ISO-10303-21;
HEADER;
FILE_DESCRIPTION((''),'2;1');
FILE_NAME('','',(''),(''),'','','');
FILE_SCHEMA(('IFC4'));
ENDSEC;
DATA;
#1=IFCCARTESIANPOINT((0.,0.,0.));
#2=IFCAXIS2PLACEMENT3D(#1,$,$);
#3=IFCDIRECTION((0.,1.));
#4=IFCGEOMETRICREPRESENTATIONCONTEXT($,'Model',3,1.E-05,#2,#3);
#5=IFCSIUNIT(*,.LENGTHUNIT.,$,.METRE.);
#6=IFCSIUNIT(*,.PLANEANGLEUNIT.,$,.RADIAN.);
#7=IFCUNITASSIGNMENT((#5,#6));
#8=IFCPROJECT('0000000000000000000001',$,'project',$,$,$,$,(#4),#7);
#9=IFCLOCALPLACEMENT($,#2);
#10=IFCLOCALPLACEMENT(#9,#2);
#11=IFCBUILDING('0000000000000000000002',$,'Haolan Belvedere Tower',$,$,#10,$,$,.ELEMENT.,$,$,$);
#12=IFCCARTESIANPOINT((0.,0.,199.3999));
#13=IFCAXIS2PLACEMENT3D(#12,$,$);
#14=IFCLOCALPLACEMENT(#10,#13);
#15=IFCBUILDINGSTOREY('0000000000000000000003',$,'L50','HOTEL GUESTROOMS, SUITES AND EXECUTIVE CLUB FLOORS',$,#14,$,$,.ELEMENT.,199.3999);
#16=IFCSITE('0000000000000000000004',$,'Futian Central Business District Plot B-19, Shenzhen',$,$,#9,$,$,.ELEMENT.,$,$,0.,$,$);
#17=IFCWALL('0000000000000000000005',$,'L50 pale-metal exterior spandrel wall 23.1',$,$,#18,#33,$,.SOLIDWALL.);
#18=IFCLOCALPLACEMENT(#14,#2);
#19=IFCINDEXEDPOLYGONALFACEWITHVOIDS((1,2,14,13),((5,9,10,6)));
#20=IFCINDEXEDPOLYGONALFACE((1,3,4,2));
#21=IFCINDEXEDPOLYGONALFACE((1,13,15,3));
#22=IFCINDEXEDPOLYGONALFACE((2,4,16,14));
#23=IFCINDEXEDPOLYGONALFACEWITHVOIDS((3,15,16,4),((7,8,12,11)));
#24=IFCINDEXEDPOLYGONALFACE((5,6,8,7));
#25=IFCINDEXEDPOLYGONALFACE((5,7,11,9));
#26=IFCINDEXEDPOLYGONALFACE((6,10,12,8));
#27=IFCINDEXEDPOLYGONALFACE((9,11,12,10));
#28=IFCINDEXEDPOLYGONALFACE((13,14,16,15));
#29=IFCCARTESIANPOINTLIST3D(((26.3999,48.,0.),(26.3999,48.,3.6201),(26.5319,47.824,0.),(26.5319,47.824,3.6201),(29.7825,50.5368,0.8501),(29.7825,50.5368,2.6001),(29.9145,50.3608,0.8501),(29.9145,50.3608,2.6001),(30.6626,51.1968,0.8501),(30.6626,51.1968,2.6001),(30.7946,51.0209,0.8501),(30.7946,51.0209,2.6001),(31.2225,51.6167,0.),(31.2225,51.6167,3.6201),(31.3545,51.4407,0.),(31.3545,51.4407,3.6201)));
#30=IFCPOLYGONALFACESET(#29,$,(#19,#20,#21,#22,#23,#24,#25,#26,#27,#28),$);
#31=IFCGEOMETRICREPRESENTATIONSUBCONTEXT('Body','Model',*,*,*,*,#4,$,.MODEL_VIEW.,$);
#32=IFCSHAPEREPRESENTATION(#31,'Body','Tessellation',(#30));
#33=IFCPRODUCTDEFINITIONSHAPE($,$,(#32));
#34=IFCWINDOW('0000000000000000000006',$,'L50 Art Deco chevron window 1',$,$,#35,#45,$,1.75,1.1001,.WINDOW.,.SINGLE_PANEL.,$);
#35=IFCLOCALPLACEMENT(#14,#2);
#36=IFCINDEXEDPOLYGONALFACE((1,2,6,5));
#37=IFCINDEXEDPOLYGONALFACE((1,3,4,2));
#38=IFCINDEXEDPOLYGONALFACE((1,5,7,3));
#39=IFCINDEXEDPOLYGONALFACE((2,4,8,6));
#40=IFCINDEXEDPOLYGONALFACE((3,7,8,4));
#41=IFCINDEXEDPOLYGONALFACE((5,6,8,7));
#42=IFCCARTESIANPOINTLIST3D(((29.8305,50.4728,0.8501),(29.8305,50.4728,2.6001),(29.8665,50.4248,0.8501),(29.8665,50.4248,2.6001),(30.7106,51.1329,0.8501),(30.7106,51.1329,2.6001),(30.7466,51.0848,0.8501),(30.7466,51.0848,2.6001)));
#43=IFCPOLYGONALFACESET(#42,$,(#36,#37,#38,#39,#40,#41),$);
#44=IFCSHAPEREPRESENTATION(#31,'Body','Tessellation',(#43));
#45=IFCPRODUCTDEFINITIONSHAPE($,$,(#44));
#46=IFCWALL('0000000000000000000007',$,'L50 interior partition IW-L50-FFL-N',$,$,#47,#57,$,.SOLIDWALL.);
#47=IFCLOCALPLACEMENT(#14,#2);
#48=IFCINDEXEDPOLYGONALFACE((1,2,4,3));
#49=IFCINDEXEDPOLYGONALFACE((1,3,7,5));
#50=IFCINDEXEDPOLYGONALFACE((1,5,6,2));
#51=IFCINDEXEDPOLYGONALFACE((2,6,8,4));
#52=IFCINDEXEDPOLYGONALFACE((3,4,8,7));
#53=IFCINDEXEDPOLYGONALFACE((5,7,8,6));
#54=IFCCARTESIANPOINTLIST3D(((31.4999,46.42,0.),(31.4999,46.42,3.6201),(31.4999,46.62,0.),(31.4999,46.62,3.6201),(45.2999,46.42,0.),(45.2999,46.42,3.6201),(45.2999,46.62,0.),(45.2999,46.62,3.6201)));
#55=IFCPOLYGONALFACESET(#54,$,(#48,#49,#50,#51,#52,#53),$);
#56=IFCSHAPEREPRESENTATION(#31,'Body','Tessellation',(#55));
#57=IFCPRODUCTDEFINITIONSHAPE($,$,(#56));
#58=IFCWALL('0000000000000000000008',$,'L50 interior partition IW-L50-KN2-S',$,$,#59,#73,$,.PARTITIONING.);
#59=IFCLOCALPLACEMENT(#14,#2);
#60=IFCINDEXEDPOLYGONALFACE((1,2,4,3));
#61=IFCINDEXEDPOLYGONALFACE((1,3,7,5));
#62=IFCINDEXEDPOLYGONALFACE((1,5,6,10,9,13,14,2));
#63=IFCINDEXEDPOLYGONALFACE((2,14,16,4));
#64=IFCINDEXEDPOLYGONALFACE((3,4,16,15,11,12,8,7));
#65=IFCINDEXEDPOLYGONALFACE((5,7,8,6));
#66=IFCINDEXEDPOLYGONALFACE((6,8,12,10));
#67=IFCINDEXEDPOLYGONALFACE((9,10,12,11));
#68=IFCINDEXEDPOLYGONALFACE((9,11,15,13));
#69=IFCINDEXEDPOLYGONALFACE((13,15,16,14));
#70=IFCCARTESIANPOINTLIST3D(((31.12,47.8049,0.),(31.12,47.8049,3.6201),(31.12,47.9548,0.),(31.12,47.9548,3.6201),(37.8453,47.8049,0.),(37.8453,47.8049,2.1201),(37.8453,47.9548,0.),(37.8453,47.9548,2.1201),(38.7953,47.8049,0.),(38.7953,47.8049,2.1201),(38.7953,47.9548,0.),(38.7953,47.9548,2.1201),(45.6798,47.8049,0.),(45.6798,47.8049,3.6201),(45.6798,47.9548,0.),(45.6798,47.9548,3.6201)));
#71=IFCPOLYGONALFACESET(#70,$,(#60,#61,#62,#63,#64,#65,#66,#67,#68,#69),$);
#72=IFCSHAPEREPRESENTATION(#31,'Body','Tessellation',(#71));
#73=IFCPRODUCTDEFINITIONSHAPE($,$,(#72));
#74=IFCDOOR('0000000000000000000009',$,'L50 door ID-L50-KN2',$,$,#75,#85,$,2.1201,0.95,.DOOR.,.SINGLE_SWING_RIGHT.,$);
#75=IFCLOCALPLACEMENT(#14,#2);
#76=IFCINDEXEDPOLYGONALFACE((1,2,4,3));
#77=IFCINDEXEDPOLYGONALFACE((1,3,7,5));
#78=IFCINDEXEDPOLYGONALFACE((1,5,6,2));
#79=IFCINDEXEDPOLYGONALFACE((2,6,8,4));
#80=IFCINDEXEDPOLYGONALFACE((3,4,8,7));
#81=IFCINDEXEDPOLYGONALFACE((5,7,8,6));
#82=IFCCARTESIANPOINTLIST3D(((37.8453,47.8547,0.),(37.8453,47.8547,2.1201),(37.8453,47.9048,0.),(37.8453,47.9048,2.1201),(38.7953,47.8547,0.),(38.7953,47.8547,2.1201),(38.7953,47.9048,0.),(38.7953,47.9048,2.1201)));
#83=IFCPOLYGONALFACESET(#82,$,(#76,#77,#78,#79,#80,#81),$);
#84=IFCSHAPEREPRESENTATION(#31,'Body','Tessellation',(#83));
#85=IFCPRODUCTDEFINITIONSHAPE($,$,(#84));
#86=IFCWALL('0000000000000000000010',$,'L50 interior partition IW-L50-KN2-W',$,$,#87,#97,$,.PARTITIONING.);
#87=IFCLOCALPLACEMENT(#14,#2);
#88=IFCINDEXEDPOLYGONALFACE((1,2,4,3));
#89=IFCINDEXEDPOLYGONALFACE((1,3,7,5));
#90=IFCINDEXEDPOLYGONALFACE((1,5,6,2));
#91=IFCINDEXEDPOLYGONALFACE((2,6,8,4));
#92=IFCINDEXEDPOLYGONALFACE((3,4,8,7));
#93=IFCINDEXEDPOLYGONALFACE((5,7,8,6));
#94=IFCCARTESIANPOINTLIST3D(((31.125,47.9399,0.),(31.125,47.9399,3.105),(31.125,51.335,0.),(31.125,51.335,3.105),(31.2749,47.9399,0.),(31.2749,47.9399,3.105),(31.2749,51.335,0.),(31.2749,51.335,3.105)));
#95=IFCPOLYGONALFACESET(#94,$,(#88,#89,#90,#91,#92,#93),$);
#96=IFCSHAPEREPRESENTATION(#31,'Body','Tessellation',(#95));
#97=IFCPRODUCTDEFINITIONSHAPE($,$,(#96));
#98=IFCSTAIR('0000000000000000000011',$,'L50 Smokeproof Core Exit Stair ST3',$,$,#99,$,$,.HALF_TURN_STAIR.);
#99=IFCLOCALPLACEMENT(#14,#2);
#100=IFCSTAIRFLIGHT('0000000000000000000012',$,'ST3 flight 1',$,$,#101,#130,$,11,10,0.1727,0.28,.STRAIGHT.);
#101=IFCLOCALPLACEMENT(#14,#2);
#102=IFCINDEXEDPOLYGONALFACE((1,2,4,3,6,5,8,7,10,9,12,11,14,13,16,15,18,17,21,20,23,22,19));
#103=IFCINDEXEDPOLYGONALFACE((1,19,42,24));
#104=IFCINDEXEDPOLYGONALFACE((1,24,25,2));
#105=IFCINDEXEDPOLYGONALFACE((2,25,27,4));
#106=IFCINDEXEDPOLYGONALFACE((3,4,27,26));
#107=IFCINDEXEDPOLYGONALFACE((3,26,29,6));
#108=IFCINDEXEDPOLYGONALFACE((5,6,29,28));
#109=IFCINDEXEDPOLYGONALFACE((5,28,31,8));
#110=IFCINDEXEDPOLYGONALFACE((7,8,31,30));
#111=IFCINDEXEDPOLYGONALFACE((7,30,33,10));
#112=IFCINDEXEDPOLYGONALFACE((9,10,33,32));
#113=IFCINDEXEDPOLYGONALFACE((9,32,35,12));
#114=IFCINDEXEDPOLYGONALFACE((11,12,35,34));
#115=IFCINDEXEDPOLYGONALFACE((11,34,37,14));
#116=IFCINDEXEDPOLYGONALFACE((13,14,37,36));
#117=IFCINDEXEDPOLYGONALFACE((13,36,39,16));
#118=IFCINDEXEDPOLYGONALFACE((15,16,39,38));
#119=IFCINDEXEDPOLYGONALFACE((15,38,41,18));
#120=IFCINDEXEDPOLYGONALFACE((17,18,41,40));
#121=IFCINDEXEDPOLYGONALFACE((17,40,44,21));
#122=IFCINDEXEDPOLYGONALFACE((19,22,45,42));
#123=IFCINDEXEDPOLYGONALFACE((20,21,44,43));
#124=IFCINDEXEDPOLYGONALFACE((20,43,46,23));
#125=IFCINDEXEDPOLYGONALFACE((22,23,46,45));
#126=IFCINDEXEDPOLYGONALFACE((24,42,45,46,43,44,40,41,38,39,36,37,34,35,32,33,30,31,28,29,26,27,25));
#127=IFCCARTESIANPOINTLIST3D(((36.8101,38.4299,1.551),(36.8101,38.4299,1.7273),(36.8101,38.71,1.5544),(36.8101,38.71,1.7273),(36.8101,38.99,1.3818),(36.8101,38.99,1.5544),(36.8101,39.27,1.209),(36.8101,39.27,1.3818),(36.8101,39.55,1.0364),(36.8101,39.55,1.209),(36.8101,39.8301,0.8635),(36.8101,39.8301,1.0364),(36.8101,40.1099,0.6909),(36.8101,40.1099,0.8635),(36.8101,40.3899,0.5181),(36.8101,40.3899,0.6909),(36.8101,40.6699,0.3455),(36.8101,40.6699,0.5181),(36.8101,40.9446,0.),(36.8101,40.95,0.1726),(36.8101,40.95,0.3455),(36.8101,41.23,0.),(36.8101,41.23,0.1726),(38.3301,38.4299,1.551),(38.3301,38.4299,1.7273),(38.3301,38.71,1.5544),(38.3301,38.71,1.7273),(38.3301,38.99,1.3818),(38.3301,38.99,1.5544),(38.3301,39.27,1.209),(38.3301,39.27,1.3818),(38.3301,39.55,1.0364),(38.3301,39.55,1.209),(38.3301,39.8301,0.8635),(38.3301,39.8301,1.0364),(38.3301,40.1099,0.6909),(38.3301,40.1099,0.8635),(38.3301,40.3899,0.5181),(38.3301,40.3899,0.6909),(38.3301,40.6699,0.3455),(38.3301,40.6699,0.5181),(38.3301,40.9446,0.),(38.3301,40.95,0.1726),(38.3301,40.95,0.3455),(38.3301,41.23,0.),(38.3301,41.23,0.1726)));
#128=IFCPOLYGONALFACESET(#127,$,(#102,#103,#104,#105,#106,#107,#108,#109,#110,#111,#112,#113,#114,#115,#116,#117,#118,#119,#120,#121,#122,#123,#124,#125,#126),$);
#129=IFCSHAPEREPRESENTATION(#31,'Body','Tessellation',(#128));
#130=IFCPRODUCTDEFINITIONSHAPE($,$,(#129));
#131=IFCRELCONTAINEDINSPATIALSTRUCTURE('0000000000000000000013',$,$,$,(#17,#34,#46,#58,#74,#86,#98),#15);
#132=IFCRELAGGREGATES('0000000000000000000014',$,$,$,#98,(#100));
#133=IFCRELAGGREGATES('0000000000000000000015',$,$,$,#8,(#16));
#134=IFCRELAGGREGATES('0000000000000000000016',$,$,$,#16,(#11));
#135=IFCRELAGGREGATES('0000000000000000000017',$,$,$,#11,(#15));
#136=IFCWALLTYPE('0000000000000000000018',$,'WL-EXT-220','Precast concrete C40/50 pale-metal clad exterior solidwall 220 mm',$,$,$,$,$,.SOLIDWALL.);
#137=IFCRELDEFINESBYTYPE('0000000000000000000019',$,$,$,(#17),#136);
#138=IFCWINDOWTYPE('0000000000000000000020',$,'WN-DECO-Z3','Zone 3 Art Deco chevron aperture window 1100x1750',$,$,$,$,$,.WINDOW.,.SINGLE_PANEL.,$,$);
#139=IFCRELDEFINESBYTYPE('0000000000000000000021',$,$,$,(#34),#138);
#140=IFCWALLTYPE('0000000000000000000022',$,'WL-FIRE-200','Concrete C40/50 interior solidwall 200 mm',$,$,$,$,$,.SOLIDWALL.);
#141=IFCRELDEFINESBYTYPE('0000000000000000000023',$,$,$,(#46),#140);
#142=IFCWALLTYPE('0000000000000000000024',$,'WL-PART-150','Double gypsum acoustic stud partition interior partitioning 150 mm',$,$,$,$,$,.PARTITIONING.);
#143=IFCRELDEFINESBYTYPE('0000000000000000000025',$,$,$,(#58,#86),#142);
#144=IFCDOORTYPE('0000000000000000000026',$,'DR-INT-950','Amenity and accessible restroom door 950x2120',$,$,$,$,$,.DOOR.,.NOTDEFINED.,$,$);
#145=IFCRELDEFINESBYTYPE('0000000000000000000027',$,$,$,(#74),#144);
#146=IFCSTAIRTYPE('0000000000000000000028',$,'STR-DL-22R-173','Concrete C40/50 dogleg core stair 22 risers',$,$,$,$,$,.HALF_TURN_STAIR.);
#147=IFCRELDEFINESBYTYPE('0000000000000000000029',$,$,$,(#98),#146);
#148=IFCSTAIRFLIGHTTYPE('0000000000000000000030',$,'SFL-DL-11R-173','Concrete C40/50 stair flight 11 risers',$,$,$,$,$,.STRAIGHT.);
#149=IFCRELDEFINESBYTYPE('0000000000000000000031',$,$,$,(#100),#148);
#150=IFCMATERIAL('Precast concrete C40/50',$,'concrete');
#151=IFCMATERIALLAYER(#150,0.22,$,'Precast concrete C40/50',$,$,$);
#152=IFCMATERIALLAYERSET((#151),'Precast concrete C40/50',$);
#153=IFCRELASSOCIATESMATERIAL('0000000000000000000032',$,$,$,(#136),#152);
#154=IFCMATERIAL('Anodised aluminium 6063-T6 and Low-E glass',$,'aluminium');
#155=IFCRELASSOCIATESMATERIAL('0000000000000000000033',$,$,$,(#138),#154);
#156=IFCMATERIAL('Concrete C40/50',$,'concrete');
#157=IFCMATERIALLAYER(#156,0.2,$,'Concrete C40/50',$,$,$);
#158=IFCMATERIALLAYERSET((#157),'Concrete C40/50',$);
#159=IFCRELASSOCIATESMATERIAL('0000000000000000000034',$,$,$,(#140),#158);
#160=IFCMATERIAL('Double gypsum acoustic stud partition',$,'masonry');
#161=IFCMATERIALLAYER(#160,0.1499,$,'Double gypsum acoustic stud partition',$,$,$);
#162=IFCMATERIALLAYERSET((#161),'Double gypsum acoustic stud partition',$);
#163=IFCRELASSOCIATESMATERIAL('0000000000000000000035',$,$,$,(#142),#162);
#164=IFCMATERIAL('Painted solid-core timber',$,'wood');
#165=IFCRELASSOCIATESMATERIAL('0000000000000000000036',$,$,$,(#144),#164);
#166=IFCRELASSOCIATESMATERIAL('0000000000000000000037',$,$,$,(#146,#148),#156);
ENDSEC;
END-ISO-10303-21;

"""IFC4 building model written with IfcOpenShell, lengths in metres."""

from ifc_helpers import new_model, si_unit, direction, frame, frame_2d, origin, place, context, subcontext, project, spatial, polyline, rectangle, outline, extrude, material, layer, layer_set, type_object, element, fill, aggregate, save


model = new_model("IFC4")

# Units and contexts
model_context = context("Model", 3, precision=1e-05, world=origin(), true_north=direction((0.0, 1.0)))
body_context = subcontext(model_context, "Body", "Model", "MODEL_VIEW")
ifc_project = project(units=[si_unit("LENGTHUNIT", "METRE"), si_unit("PLANEANGLEUNIT", "RADIAN")], contexts=[model_context])

# Site, building, storey
site_placement = place(None, origin())
site = spatial("IfcSite", under=ifc_project, at=site_placement, Name="Futian Central Business District Plot B-19, Shenzhen", CompositionType="ELEMENT", RefElevation=0.0)
building_placement = place(site_placement, origin())
building = spatial("IfcBuilding", under=site, at=building_placement, Name="Haolan Belvedere Tower", CompositionType="ELEMENT")
storey_placement = place(building_placement, frame((0.0, 0.0, 199.3999)))
storey = spatial("IfcBuildingStorey", under=building, at=storey_placement, Name="L50", Description="HOTEL GUESTROOMS, SUITES AND EXECUTIVE CLUB FLOORS", CompositionType="ELEMENT", Elevation=199.3999)

# Wall, opening, window
ifc_material_1 = material(Name="Precast concrete C40/50", Category="concrete")
ifc_layer_1 = layer(ifc_material_1, 0.22, Name="Precast concrete C40/50")
ifc_layer_set_1 = layer_set([ifc_layer_1], Name="Precast concrete C40/50")
wall_type_1 = type_object("IfcWallType", Name="WL-EXT-220", Description="Precast concrete C40/50 pale-metal clad exterior solidwall 220 mm", PredefinedType="SOLIDWALL", material=ifc_layer_set_1)
wall_1_placement = place(storey_placement, frame((31.2886, 51.5288, 0.0), z_axis=(0.0, 0.0, 1.0), x_axis=(-0.800015, -0.599981, 0.0)))
wall_1 = element("IfcWall", 1, at=wall_1_placement, inside=storey, type_object=wall_type_1, Name="L50 pale-metal exterior spandrel wall 23.1", PredefinedType="SOLIDWALL", context=body_context, shape_type="SweptSolid", body=[
    extrude(rectangle(XDim=6.0281, YDim=0.22, at=frame_2d((3.0142, 0.0))), origin(), (0.0, 0.0, 1.0), 3.6201),
])
opening_1_placement = place(wall_1_placement, frame((0.7, 0.0, 0.8501)))
opening_1 = element("IfcOpeningElement", 2, at=opening_1_placement, cuts=wall_1, PredefinedType="OPENING", context=body_context, shape_type="SweptSolid", body=[
    extrude(rectangle(XDim=1.1001, YDim=1.75, at=frame_2d((0.55, 0.875))), frame((0.0, 0.1199, 0.0), z_axis=(0.0, -1.0, 0.0), x_axis=(1.0, 0.0, 0.0)), (0.0, 0.0, 1.0), 0.24),
])
ifc_material_2 = material(Name="Anodised aluminium 6063-T6 and Low-E glass", Category="aluminium")
window_type = type_object("IfcWindowType", Name="WN-DECO-Z3", Description="Zone 3 Art Deco chevron aperture window 1100x1750", PartitioningType="SINGLE_PANEL", PredefinedType="WINDOW", material=ifc_material_2)
window_placement = place(opening_1_placement, origin())
window = element("IfcWindow", 3, at=window_placement, inside=storey, type_object=window_type, Name="L50 Art Deco chevron window 1", OverallHeight=1.75, OverallWidth=1.1001, PartitioningType="SINGLE_PANEL", PredefinedType="WINDOW", context=body_context, shape_type="SweptSolid", body=[
    extrude(rectangle(XDim=1.1001, YDim=1.75, at=frame_2d((0.55, 0.875))), frame((0.0, 0.03, 0.0), z_axis=(0.0, -1.0, 0.0), x_axis=(1.0, 0.0, 0.0)), (0.0, 0.0, 1.0), 0.0601),
])
fill(opening_1, window)

# Wall
ifc_material_3 = material(Name="Concrete C40/50", Category="concrete")
ifc_layer_2 = layer(ifc_material_3, 0.2, Name="Concrete C40/50")
ifc_layer_set_2 = layer_set([ifc_layer_2], Name="Concrete C40/50")
wall_type_2 = type_object("IfcWallType", Name="WL-FIRE-200", Description="Concrete C40/50 interior solidwall 200 mm", PredefinedType="SOLIDWALL", material=ifc_layer_set_2)
wall_2_placement = place(storey_placement, frame((31.5, 46.52, 0.0), z_axis=(0.0, 0.0, 1.0), x_axis=(1.0, 0.0, 0.0)))
element("IfcWall", 4, at=wall_2_placement, inside=storey, type_object=wall_type_2, Name="L50 interior partition IW-L50-FFL-N", PredefinedType="SOLIDWALL", context=body_context, shape_type="SweptSolid", body=[
    extrude(rectangle(XDim=13.8, YDim=0.2, at=frame_2d((6.8999, 0.0))), origin(), (0.0, 0.0, 1.0), 3.6201),
])

# Wall, opening, door
ifc_material_4 = material(Name="Double gypsum acoustic stud partition", Category="masonry")
ifc_layer_3 = layer(ifc_material_4, 0.1499, Name="Double gypsum acoustic stud partition")
ifc_layer_set_3 = layer_set([ifc_layer_3], Name="Double gypsum acoustic stud partition")
wall_type_3 = type_object("IfcWallType", Name="WL-PART-150", Description="Double gypsum acoustic stud partition interior partitioning 150 mm", PredefinedType="PARTITIONING", material=ifc_layer_set_3)
wall_3_placement = place(storey_placement, frame((31.1201, 47.8799, 0.0), z_axis=(0.0, 0.0, 1.0), x_axis=(1.0, 0.0, 0.0)))
wall_3 = element("IfcWall", 5, at=wall_3_placement, inside=storey, type_object=wall_type_3, Name="L50 interior partition IW-L50-KN2-S", PredefinedType="PARTITIONING", context=body_context, shape_type="SweptSolid", body=[
    extrude(rectangle(XDim=14.5598, YDim=0.1499, at=frame_2d((7.2798, 0.0))), origin(), (0.0, 0.0, 1.0), 3.6201),
])
opening_2_placement = place(wall_3_placement, frame((6.7251, 0.0, 0.0)))
opening_2 = element("IfcOpeningElement", 6, at=opening_2_placement, cuts=wall_3, PredefinedType="OPENING", context=body_context, shape_type="SweptSolid", body=[
    extrude(rectangle(XDim=0.95, YDim=2.1201, at=frame_2d((0.4751, 1.0601))), frame((0.0, 0.085, 0.0), z_axis=(0.0, -1.0, 0.0), x_axis=(1.0, 0.0, 0.0)), (0.0, 0.0, 1.0), 0.1699),
])
ifc_material_5 = material(Name="Painted solid-core timber", Category="wood")
door_type_1 = type_object("IfcDoorType", Name="DR-INT-950", Description="Amenity and accessible restroom door 950x2120", OperationType="NOTDEFINED", PredefinedType="DOOR", material=ifc_material_5)
door_1_placement = place(opening_2_placement, origin())
door_1 = element("IfcDoor", 7, at=door_1_placement, inside=storey, type_object=door_type_1, Name="L50 door ID-L50-KN2", OperationType="SINGLE_SWING_RIGHT", OverallHeight=2.1201, OverallWidth=0.95, PredefinedType="DOOR", context=body_context, shape_type="SweptSolid", body=[
    extrude(rectangle(XDim=0.95, YDim=2.1201, at=frame_2d((0.4751, 1.0601))), frame((0.0, 0.0249, 0.0), z_axis=(0.0, -1.0, 0.0), x_axis=(1.0, 0.0, 0.0)), (0.0, 0.0, 1.0), 0.05),
])
fill(opening_2, door_1)

# Wall
wall_4_placement = place(storey_placement, frame((31.2, 47.9399, 0.0), z_axis=(0.0, 0.0, 1.0), x_axis=(0.0, 1.0, 0.0)))
element("IfcWall", 8, at=wall_4_placement, inside=storey, type_object=wall_type_3, Name="L50 interior partition IW-L50-KN2-W", PredefinedType="PARTITIONING", context=body_context, shape_type="SweptSolid", body=[
    extrude(rectangle(XDim=3.395, YDim=0.1499, at=frame_2d((1.6975, 0.0))), origin(), (0.0, 0.0, 1.0), 3.105),
])

# Stair, stair flight
stair_type = type_object("IfcStairType", Name="STR-DL-22R-173", Description="Concrete C40/50 dogleg core stair 22 risers", PredefinedType="HALF_TURN_STAIR", material=ifc_material_3)
stair_placement = place(storey_placement, origin())
stair = element("IfcStair", 9, at=stair_placement, inside=storey, type_object=stair_type, Name="L50 Smokeproof Core Exit Stair ST3", PredefinedType="HALF_TURN_STAIR")
stair_flight_type = type_object("IfcStairFlightType", Name="SFL-DL-11R-173", Description="Concrete C40/50 stair flight 11 risers", PredefinedType="STRAIGHT", material=ifc_material_3)
stair_flight_placement = place(storey_placement, frame((37.5701, 41.23, 0.0), z_axis=(0.0, 0.0, 1.0), x_axis=(0.0, -1.0, 0.0)))
stair_flight = element("IfcStairFlight", 10, at=stair_flight_placement, type_object=stair_flight_type, Name="ST3 flight 1", NumberOfRisers=11, NumberOfTreads=10, PredefinedType="STRAIGHT", RiserHeight=0.1727, TreadLength=0.28, context=body_context, shape_type="SweptSolid", body=[
    extrude(outline(polyline([(0.0, 0.0), (0.0, 0.1726), (0.28, 0.1726), (0.28, 0.3455), (0.5601, 0.3455), (0.5601, 0.5181), (0.8401, 0.5181), (0.8401, 0.6909), (1.1201, 0.6909), (1.1201, 0.8635), (1.3999, 0.8635), (1.3999, 1.0364), (1.6799, 1.0364), (1.6799, 1.209), (1.96, 1.209), (1.96, 1.3818), (2.24, 1.3818), (2.24, 1.5544), (2.52, 1.5544), (2.52, 1.7273), (2.8, 1.7273), (2.8, 1.8999), (2.8, 1.551), (0.2854, 0.0), (0.0, 0.0)])), frame((0.0, 0.76, 0.0), z_axis=(0.0, -1.0, 0.0), x_axis=(1.0, 0.0, 0.0)), (0.0, 0.0, 1.0), 1.52),
])
aggregate(stair, [stair_flight])

save(model, "model.ifc")
